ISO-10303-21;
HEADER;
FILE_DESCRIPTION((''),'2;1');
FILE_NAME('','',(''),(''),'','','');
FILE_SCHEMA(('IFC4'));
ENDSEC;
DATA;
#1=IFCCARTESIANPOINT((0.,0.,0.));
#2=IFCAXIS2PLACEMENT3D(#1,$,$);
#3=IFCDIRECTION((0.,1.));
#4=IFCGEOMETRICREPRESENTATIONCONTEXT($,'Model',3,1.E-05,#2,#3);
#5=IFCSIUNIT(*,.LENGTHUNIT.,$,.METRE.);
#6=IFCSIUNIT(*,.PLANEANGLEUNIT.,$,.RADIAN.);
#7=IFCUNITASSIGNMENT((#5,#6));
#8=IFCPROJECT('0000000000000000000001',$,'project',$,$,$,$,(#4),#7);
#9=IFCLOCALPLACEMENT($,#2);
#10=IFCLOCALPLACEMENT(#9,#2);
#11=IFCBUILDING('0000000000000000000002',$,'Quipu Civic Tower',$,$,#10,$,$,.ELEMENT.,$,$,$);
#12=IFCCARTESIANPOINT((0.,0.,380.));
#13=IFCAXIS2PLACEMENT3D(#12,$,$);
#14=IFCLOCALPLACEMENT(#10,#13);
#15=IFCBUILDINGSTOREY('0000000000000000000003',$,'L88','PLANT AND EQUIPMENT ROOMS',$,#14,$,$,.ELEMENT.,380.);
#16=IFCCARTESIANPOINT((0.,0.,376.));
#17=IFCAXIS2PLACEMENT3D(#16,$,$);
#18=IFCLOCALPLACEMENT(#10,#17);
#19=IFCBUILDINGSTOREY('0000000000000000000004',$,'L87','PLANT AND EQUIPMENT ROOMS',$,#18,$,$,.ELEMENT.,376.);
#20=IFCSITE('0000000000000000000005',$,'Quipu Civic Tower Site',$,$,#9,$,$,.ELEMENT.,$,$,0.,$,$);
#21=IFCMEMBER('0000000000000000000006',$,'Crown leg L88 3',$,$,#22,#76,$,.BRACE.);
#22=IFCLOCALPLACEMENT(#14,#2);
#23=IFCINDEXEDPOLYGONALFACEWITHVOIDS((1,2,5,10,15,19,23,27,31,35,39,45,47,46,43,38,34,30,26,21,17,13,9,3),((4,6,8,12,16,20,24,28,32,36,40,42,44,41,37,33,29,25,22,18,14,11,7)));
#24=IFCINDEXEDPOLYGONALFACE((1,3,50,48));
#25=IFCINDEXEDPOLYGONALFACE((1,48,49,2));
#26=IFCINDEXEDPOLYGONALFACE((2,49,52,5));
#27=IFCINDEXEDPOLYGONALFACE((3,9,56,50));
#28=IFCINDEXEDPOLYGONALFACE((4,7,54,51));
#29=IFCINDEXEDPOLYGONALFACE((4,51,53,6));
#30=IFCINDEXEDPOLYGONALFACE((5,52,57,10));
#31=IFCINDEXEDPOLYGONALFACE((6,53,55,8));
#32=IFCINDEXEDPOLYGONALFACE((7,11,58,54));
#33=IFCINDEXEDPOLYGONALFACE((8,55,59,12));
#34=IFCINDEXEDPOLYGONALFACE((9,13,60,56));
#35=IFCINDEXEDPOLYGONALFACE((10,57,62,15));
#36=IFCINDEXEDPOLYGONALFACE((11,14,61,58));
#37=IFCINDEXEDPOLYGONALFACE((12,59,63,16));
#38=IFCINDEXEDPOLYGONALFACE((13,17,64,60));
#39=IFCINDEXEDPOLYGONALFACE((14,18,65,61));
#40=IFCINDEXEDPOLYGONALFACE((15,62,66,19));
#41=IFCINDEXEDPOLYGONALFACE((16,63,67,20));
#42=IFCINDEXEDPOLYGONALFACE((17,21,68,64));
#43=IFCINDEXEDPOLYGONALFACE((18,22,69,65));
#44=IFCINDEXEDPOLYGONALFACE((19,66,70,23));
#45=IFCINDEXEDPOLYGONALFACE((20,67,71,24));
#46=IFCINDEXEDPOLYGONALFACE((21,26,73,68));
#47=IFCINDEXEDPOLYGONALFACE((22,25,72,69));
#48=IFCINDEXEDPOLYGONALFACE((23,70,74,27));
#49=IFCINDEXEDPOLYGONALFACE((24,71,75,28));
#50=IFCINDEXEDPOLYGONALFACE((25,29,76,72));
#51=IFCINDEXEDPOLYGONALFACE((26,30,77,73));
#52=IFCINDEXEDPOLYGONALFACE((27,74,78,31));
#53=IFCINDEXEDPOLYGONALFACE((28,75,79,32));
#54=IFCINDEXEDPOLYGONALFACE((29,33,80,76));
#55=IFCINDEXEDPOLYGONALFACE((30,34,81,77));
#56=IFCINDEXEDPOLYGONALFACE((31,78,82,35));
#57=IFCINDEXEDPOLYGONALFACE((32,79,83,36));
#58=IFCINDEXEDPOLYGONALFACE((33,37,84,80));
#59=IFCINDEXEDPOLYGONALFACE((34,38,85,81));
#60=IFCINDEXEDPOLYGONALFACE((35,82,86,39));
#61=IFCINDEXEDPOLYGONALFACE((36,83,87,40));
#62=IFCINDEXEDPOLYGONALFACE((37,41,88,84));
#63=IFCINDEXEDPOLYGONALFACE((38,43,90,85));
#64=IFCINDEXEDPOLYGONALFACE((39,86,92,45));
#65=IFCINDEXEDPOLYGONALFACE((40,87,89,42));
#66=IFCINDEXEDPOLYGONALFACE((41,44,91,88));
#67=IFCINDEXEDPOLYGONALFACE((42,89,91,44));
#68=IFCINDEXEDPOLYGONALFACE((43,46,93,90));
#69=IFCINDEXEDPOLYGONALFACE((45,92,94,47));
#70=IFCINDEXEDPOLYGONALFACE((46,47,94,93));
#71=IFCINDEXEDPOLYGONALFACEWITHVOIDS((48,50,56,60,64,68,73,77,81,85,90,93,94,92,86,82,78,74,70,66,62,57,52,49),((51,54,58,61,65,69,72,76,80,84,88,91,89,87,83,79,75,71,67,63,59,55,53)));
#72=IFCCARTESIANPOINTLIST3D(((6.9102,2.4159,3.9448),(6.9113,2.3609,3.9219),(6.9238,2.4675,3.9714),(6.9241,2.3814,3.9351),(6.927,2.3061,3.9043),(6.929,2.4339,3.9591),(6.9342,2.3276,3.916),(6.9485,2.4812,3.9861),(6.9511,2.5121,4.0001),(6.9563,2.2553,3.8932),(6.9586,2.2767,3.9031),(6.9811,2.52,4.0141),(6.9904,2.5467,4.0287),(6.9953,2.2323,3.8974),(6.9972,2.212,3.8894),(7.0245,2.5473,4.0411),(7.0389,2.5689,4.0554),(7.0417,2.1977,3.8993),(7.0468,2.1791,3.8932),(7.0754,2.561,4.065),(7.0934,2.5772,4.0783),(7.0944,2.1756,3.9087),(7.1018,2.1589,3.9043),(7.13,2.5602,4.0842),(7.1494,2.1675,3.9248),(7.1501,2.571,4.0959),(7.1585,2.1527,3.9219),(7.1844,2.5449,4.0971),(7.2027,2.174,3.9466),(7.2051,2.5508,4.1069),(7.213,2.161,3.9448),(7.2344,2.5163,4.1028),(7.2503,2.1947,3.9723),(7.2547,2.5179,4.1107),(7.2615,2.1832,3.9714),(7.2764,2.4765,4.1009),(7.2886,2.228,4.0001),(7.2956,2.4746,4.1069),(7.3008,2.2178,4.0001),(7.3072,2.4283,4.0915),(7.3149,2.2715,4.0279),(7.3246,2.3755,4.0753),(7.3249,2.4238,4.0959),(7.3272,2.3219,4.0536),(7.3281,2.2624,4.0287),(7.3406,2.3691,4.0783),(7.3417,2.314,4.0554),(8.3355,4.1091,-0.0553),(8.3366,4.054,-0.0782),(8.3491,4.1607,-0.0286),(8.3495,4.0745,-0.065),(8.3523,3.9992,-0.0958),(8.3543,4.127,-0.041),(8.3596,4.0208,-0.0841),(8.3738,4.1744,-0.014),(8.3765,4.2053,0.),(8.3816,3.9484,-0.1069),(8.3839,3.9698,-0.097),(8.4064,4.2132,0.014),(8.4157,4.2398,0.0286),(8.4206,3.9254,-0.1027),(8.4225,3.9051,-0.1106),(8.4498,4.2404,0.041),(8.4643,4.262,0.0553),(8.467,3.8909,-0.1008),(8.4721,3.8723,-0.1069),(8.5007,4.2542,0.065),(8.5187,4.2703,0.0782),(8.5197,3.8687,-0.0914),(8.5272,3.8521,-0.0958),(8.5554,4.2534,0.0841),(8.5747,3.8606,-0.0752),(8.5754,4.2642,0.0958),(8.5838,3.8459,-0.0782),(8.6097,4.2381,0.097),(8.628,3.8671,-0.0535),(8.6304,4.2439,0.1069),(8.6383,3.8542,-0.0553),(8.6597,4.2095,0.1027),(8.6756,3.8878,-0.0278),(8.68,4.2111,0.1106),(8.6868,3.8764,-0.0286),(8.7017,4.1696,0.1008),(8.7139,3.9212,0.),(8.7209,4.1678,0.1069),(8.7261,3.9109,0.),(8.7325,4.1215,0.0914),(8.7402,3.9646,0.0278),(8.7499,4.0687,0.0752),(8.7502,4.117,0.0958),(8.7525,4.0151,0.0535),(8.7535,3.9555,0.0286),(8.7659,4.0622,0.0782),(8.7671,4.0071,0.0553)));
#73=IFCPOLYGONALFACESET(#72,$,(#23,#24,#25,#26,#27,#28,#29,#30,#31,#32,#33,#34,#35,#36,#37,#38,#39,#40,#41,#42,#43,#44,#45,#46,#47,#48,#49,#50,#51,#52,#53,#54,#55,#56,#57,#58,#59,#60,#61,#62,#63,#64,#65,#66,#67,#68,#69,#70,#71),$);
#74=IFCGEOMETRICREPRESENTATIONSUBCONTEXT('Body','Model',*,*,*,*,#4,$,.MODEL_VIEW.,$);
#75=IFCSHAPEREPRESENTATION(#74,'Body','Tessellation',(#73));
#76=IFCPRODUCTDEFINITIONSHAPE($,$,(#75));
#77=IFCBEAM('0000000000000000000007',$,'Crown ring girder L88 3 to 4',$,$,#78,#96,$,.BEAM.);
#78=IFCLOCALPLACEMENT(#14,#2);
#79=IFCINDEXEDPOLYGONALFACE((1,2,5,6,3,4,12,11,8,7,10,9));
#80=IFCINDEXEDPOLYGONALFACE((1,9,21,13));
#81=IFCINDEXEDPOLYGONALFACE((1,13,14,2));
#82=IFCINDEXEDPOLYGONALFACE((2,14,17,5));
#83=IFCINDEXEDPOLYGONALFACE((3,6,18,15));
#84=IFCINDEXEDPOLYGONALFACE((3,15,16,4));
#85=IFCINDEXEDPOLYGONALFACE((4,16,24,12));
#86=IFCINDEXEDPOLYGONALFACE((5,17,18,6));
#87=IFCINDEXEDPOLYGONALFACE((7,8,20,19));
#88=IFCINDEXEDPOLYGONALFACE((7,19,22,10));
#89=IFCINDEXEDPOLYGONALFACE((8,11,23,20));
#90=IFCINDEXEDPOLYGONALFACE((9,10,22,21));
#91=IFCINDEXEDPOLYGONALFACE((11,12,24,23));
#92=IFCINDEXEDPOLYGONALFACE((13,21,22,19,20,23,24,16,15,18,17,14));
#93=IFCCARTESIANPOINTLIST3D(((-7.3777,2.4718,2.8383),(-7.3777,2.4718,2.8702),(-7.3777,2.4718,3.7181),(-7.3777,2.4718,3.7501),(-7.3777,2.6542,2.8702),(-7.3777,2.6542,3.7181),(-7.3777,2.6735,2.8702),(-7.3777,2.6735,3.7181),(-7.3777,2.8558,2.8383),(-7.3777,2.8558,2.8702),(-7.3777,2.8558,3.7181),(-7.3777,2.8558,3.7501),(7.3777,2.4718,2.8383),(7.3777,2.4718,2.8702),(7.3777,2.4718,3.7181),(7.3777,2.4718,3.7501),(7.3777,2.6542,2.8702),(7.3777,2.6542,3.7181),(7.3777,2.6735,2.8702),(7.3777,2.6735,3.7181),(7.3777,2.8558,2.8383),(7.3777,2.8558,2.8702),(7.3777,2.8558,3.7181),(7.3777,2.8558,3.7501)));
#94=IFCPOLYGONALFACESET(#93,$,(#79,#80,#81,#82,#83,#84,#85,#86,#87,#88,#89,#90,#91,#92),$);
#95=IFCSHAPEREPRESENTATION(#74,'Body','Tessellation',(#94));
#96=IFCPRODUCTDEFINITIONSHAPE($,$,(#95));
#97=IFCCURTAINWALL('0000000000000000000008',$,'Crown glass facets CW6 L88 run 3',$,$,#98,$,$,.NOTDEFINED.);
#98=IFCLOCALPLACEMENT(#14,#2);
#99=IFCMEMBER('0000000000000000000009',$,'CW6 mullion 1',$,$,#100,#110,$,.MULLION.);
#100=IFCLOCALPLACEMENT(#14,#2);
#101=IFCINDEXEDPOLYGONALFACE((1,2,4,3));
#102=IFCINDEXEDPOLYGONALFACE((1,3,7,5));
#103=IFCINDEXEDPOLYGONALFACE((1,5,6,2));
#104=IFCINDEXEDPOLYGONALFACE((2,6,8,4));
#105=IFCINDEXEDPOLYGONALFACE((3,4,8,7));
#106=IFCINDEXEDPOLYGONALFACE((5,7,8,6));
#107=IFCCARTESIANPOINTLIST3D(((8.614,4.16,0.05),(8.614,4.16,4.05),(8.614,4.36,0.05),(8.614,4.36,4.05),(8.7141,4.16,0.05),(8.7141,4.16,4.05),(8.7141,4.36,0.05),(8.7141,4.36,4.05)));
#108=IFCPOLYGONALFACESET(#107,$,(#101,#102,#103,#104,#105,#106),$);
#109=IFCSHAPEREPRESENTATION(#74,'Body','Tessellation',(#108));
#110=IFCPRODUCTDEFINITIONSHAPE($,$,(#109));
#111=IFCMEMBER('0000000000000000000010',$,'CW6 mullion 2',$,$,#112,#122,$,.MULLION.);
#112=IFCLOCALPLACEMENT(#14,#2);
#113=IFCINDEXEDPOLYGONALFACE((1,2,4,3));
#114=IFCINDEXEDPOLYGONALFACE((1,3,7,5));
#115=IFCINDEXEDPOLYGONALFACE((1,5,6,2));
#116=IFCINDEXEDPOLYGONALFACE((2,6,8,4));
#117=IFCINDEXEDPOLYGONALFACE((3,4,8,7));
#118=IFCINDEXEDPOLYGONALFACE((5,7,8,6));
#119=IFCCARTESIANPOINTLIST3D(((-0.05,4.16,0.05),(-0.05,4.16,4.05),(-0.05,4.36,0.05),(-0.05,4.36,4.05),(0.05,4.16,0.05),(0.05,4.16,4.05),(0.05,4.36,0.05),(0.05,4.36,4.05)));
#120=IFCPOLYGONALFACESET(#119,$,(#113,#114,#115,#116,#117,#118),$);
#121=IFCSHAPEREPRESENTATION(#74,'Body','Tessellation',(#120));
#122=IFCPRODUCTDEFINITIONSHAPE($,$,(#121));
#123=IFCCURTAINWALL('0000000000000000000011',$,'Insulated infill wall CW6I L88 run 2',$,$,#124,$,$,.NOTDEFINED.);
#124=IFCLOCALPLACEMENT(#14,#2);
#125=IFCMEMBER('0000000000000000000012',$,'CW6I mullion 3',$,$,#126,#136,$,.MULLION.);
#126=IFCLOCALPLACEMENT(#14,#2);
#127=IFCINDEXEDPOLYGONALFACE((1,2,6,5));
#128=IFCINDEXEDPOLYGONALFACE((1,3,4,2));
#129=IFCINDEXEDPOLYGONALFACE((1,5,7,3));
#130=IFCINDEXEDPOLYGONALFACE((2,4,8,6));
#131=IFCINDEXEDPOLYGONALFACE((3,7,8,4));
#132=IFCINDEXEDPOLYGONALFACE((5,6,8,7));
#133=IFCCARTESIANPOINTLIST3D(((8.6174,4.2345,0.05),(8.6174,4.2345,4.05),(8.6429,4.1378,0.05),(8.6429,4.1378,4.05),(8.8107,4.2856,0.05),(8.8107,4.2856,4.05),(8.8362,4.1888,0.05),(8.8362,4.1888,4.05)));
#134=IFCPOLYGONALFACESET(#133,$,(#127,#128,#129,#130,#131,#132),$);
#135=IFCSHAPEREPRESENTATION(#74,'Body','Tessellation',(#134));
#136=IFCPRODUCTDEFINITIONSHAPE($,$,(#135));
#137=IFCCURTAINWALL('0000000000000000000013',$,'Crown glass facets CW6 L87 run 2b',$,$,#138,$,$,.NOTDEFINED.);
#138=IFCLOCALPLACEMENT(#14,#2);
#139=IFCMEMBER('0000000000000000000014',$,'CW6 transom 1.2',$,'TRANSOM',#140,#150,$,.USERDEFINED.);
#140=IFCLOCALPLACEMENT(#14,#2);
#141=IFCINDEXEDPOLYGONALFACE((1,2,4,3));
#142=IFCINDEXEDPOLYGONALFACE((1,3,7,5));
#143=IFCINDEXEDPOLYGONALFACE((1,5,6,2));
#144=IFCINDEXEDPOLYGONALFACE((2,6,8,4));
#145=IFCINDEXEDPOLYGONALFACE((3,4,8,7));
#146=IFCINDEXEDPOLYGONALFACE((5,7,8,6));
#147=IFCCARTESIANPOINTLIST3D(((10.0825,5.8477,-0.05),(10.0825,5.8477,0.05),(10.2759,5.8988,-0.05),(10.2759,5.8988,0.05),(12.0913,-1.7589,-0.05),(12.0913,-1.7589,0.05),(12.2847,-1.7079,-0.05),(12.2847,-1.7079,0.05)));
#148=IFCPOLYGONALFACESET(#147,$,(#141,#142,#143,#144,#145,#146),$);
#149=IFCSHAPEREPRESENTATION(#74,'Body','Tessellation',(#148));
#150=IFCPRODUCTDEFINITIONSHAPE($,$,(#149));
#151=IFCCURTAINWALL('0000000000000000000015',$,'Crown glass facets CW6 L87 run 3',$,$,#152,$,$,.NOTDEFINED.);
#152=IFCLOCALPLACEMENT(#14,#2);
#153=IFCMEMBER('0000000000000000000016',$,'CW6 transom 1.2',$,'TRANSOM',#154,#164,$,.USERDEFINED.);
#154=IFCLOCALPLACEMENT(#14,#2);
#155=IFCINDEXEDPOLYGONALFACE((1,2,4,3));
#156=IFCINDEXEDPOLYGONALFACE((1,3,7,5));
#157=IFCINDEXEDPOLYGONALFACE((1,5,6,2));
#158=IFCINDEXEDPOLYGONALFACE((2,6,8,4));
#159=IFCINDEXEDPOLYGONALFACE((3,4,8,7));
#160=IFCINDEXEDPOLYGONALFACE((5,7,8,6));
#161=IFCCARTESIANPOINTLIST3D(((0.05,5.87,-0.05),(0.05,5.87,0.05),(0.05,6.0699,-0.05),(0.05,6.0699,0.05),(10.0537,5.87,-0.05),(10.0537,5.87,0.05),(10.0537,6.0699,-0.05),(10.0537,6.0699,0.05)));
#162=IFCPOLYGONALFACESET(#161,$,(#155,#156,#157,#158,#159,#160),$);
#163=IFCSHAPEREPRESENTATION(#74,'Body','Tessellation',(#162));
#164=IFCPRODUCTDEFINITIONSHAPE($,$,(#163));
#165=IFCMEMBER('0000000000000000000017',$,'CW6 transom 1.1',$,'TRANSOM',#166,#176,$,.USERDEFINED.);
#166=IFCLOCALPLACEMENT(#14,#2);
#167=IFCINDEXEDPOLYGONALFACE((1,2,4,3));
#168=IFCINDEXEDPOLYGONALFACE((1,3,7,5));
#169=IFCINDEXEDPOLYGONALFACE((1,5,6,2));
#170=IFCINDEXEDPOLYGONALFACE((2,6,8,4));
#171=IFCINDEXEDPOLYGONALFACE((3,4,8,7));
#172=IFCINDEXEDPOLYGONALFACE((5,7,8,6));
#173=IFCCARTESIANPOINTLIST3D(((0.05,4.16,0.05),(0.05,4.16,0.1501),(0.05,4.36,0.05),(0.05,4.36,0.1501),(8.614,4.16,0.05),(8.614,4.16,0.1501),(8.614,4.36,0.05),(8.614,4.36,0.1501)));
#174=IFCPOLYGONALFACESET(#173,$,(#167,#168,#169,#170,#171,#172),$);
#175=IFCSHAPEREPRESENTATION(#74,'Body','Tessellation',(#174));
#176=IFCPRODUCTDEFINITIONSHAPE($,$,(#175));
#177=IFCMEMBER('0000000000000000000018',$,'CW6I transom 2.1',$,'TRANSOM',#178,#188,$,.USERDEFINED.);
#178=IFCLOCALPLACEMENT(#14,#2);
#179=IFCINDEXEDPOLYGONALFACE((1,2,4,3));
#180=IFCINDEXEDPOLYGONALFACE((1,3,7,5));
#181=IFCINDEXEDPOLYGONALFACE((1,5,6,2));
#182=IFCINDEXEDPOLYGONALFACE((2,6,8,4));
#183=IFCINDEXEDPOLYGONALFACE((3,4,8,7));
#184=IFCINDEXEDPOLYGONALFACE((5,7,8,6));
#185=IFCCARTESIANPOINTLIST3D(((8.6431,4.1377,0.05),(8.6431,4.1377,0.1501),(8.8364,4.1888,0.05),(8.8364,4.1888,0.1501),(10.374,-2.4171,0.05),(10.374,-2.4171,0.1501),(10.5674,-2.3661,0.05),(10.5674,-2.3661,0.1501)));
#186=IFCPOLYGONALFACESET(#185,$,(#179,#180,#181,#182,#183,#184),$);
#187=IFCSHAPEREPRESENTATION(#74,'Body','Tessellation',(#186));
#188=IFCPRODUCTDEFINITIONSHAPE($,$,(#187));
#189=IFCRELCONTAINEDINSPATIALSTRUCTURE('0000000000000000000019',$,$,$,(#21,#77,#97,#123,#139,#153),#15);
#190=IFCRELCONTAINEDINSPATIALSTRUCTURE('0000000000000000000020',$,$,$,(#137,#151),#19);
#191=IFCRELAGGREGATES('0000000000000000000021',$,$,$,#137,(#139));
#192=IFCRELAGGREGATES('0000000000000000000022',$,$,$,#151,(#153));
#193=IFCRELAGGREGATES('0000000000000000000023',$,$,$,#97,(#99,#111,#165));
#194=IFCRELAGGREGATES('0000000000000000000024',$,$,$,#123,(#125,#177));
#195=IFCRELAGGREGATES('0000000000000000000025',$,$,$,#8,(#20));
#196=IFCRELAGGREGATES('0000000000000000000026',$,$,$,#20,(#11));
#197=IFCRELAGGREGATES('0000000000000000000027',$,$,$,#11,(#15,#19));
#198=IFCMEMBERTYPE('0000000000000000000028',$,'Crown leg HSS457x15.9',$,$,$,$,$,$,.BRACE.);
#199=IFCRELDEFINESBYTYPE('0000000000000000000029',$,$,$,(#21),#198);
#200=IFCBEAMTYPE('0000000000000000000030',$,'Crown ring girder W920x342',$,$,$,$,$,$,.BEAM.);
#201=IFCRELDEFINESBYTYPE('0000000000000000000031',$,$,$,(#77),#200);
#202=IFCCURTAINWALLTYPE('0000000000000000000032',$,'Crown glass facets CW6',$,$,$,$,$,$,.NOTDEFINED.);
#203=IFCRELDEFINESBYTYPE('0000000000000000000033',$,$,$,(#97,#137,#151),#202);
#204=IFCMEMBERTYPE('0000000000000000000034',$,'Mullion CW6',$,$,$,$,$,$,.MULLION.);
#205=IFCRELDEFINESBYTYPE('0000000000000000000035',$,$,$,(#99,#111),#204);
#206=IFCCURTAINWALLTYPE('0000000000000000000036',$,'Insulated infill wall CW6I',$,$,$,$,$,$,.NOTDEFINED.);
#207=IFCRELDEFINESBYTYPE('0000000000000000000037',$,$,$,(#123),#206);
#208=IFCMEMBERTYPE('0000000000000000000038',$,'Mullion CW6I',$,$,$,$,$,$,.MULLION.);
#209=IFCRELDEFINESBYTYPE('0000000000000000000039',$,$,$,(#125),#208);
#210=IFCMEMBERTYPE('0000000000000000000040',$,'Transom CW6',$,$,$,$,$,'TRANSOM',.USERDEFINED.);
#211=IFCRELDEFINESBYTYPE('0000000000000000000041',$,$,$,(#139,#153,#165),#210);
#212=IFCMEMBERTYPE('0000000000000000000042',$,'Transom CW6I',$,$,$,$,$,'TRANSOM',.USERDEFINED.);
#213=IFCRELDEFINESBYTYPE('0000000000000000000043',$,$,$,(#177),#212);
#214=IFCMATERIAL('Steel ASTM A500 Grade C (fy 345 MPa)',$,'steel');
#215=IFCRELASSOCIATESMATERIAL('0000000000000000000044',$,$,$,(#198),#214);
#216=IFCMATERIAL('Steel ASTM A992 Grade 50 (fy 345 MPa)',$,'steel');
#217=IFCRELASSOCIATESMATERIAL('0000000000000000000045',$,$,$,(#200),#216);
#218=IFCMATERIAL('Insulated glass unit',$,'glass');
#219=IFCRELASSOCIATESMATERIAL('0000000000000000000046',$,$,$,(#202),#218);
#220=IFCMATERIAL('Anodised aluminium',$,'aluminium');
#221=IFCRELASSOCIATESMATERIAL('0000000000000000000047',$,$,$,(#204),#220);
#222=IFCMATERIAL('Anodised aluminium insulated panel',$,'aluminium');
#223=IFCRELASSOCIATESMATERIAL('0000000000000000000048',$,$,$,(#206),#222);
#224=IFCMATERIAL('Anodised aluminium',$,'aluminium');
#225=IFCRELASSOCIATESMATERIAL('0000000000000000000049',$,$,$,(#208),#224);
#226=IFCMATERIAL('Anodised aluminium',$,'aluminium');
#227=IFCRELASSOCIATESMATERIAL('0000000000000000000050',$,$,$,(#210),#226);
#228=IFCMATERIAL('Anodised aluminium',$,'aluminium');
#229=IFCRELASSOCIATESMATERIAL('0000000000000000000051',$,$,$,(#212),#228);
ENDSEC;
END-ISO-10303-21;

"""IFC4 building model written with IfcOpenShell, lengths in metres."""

from ifc_helpers import new_model, si_unit, direction, frame, origin, origin_2d, place, context, subcontext, project, spatial, rectangle, hollow_circle, i_section, extrude, material, material_profile, profile_set, type_object, element, aggregate, save


model = new_model("IFC4")

# Units and contexts
model_context = context("Model", 3, precision=1e-05, world=origin(), true_north=direction((0.0, 1.0)))
body_context = subcontext(model_context, "Body", "Model", "MODEL_VIEW")
ifc_project = project(units=[si_unit("LENGTHUNIT", "METRE"), si_unit("PLANEANGLEUNIT", "RADIAN")], contexts=[model_context])

# Site, building, storey
site_placement = place(None, origin())
site = spatial("IfcSite", under=ifc_project, at=site_placement, Name="Quipu Civic Tower Site", CompositionType="ELEMENT", RefElevation=0.0)
building_placement = place(site_placement, origin())
building = spatial("IfcBuilding", under=site, at=building_placement, Name="Quipu Civic Tower", CompositionType="ELEMENT")
storey_1_placement = place(building_placement, frame((0.0, 0.0, 380.0)))
storey_1 = spatial("IfcBuildingStorey", under=building, at=storey_1_placement, Name="L88", Description="PLANT AND EQUIPMENT ROOMS", CompositionType="ELEMENT", Elevation=380.0)

# Member
ifc_material_1 = material(Name="Steel ASTM A500 Grade C (fy 345 MPa)", Category="steel")
ifc_material_profile_1 = material_profile(ifc_material_1, hollow_circle(Radius=0.2285, WallThickness=0.0159, at=origin_2d()), Name="HSS457x15.9")
ifc_profile_set_1 = profile_set([ifc_material_profile_1], Name="Steel ASTM A500 Grade C (fy 345 MPa)")
member_type_1 = type_object("IfcMemberType", Name="Crown leg HSS457x15.9", PredefinedType="BRACE", material=ifc_profile_set_1)
member_1_placement = place(storey_1_placement, frame((8.5513, 4.0581, 0.0), z_axis=(-0.311782, -0.370368, 0.874997), x_axis=(0.76502, -0.644007, 0.0)))
element("IfcMember", 1, at=member_1_placement, inside=storey_1, type_object=member_type_1, Name="Crown leg L88 3", PredefinedType="BRACE", context=body_context, shape_type="SweptSolid", body=[
    extrude(hollow_circle(Radius=0.2285, WallThickness=0.0159, at=origin_2d()), origin(), (0.0, 0.0, 1.0), 4.5715),
])

# Beam
ifc_material_2 = material(Name="Steel ASTM A992 Grade 50 (fy 345 MPa)", Category="steel")
ifc_material_profile_2 = material_profile(ifc_material_2, i_section(OverallWidth=0.384, OverallDepth=0.9119, WebThickness=0.0193, FlangeThickness=0.032, at=origin_2d()), Name="W920x342")
ifc_profile_set_2 = profile_set([ifc_material_profile_2], Name="Steel ASTM A992 Grade 50 (fy 345 MPa)")
beam_type = type_object("IfcBeamType", Name="Crown ring girder W920x342", PredefinedType="BEAM", material=ifc_profile_set_2)
beam_placement = place(storey_1_placement, frame((7.3777, 2.6638, 3.2942), z_axis=(-1.0, 0.0, 0.0), x_axis=(0.0, -1.0, 0.0)))
element("IfcBeam", 2, at=beam_placement, inside=storey_1, type_object=beam_type, Name="Crown ring girder L88 3 to 4", PredefinedType="BEAM", context=body_context, shape_type="SweptSolid", body=[
    extrude(i_section(OverallWidth=0.384, OverallDepth=0.9119, WebThickness=0.0193, FlangeThickness=0.032, at=origin_2d()), origin(), (0.0, 0.0, 1.0), 14.7554),
])

# Curtain wall, members
ifc_material_3 = material(Name="Insulated glass unit", Category="glass")
curtain_wall_type_1 = type_object("IfcCurtainWallType", Name="Crown glass facets CW6", PredefinedType="NOTDEFINED", material=ifc_material_3)
curtain_wall_1_placement = place(storey_1_placement, origin())
curtain_wall_1 = element("IfcCurtainWall", 3, at=curtain_wall_1_placement, inside=storey_1, type_object=curtain_wall_type_1, Name="Crown glass facets CW6 L88 run 3", PredefinedType="NOTDEFINED")
ifc_material_4 = material(Name="Anodised aluminium", Category="aluminium")
ifc_material_profile_3 = material_profile(ifc_material_4, rectangle(XDim=0.2, YDim=0.1001, at=origin_2d()), Name="RECT 200x100")
ifc_profile_set_3 = profile_set([ifc_material_profile_3], Name="Anodised aluminium")
member_type_2 = type_object("IfcMemberType", Name="Mullion CW6", PredefinedType="MULLION", material=ifc_profile_set_3)
member_2_placement = place(storey_1_placement, frame((8.6641, 4.26, 0.05), z_axis=(0.0, 0.0, 1.0), x_axis=(0.0, -1.0, 0.0)))
member_2 = element("IfcMember", 4, at=member_2_placement, type_object=member_type_2, Name="CW6 mullion 1", PredefinedType="MULLION", context=body_context, shape_type="SweptSolid", body=[
    extrude(rectangle(XDim=0.2, YDim=0.1001, at=origin_2d()), origin(), (0.0, 0.0, 1.0), 4.0),
])
member_3_placement = place(storey_1_placement, frame((0.0, 4.26, 0.05), z_axis=(0.0, 0.0, 1.0), x_axis=(0.0, -1.0, 0.0)))
member_3 = element("IfcMember", 5, at=member_3_placement, type_object=member_type_2, Name="CW6 mullion 2", PredefinedType="MULLION", context=body_context, shape_type="SweptSolid", body=[
    extrude(rectangle(XDim=0.2, YDim=0.1001, at=origin_2d()), origin(), (0.0, 0.0, 1.0), 4.0),
])

# Curtain wall, member
ifc_material_5 = material(Name="Anodised aluminium insulated panel", Category="aluminium")
curtain_wall_type_2 = type_object("IfcCurtainWallType", Name="Insulated infill wall CW6I", PredefinedType="NOTDEFINED", material=ifc_material_5)
curtain_wall_2_placement = place(storey_1_placement, origin())
curtain_wall_2 = element("IfcCurtainWall", 6, at=curtain_wall_2_placement, inside=storey_1, type_object=curtain_wall_type_2, Name="Insulated infill wall CW6I L88 run 2", PredefinedType="NOTDEFINED")
ifc_material_6 = material(Name="Anodised aluminium", Category="aluminium")
ifc_material_profile_4 = material_profile(ifc_material_6, rectangle(XDim=0.2, YDim=0.1001, at=origin_2d()), Name="RECT 200x100")
ifc_profile_set_4 = profile_set([ifc_material_profile_4], Name="Anodised aluminium")
member_type_3 = type_object("IfcMemberType", Name="Mullion CW6I", PredefinedType="MULLION", material=ifc_profile_set_4)
member_4_placement = place(storey_1_placement, frame((8.7268, 4.2117, 0.05), z_axis=(0.0, 0.0, 1.0), x_axis=(-0.966856, -0.255322, 0.0)))
member_4 = element("IfcMember", 7, at=member_4_placement, type_object=member_type_3, Name="CW6I mullion 3", PredefinedType="MULLION", context=body_context, shape_type="SweptSolid", body=[
    extrude(rectangle(XDim=0.2, YDim=0.1001, at=origin_2d()), origin(), (0.0, 0.0, 1.0), 4.0),
])

# Shared definitions
storey_2_placement = place(building_placement, frame((0.0, 0.0, 376.0)))
storey_2 = spatial("IfcBuildingStorey", under=building, at=storey_2_placement, Name="L87", Description="PLANT AND EQUIPMENT ROOMS", CompositionType="ELEMENT", Elevation=376.0)

# Curtain walls, members
curtain_wall_3_placement = place(storey_2_placement, origin())
curtain_wall_3 = element("IfcCurtainWall", 8, at=curtain_wall_3_placement, inside=storey_2, type_object=curtain_wall_type_1, Name="Crown glass facets CW6 L87 run 2b", PredefinedType="NOTDEFINED")
ifc_material_7 = material(Name="Anodised aluminium", Category="aluminium")
ifc_material_profile_5 = material_profile(ifc_material_7, rectangle(XDim=0.2, YDim=0.1001, at=origin_2d()), Name="RECT 200x100")
ifc_profile_set_5 = profile_set([ifc_material_profile_5], Name="Anodised aluminium")
member_type_4 = type_object("IfcMemberType", Name="Transom CW6", ElementType="TRANSOM", PredefinedType="USERDEFINED", material=ifc_profile_set_5)
member_5_placement = place(storey_1_placement, frame((12.188, -1.7334, 0.0), z_axis=(-0.255329, 0.966854, 0.0), x_axis=(-0.966854, -0.255329, 0.0)))
member_5 = element("IfcMember", 9, at=member_5_placement, inside=storey_1, type_object=member_type_4, Name="CW6 transom 1.2", ObjectType="TRANSOM", PredefinedType="USERDEFINED", context=body_context, shape_type="SweptSolid", body=[
    extrude(rectangle(XDim=0.2, YDim=0.1001, at=origin_2d()), origin(), (0.0, 0.0, 1.0), 7.8674),
])
aggregate(curtain_wall_3, [member_5])
curtain_wall_4_placement = place(storey_2_placement, origin())
curtain_wall_4 = element("IfcCurtainWall", 10, at=curtain_wall_4_placement, inside=storey_2, type_object=curtain_wall_type_1, Name="Crown glass facets CW6 L87 run 3", PredefinedType="NOTDEFINED")
member_6_placement = place(storey_1_placement, frame((10.0537, 5.97, 0.0), z_axis=(-1.0, 0.0, 0.0), x_axis=(0.0, -1.0, 0.0)))
member_6 = element("IfcMember", 11, at=member_6_placement, inside=storey_1, type_object=member_type_4, Name="CW6 transom 1.2", ObjectType="TRANSOM", PredefinedType="USERDEFINED", context=body_context, shape_type="SweptSolid", body=[
    extrude(rectangle(XDim=0.2, YDim=0.1001, at=origin_2d()), origin(), (0.0, 0.0, 1.0), 10.0037),
])
aggregate(curtain_wall_4, [member_6])

# Members
member_7_placement = place(storey_1_placement, frame((8.614, 4.26, 0.1001), z_axis=(-1.0, 0.0, 0.0), x_axis=(0.0, -1.0, 0.0)))
member_7 = element("IfcMember", 12, at=member_7_placement, type_object=member_type_4, Name="CW6 transom 1.1", ObjectType="TRANSOM", PredefinedType="USERDEFINED", context=body_context, shape_type="SweptSolid", body=[
    extrude(rectangle(XDim=0.2, YDim=0.1001, at=origin_2d()), origin(), (0.0, 0.0, 1.0), 8.564),
])
ifc_material_8 = material(Name="Anodised aluminium", Category="aluminium")
ifc_material_profile_6 = material_profile(ifc_material_8, rectangle(XDim=0.2, YDim=0.1001, at=origin_2d()), Name="RECT 200x100")
ifc_profile_set_6 = profile_set([ifc_material_profile_6], Name="Anodised aluminium")
member_type_5 = type_object("IfcMemberType", Name="Transom CW6I", ElementType="TRANSOM", PredefinedType="USERDEFINED", material=ifc_profile_set_6)
member_8_placement = place(storey_1_placement, frame((10.4707, -2.3916, 0.1001), z_axis=(-0.255317, 0.966857, 0.0), x_axis=(-0.966857, -0.255317, 0.0)))
member_8 = element("IfcMember", 13, at=member_8_placement, type_object=member_type_5, Name="CW6I transom 2.1", ObjectType="TRANSOM", PredefinedType="USERDEFINED", context=body_context, shape_type="SweptSolid", body=[
    extrude(rectangle(XDim=0.2, YDim=0.1001, at=origin_2d()), origin(), (0.0, 0.0, 1.0), 6.7795),
])

aggregate(curtain_wall_1, [member_2, member_3, member_7])
aggregate(curtain_wall_2, [member_4, member_8])

save(model, "model.ifc")
